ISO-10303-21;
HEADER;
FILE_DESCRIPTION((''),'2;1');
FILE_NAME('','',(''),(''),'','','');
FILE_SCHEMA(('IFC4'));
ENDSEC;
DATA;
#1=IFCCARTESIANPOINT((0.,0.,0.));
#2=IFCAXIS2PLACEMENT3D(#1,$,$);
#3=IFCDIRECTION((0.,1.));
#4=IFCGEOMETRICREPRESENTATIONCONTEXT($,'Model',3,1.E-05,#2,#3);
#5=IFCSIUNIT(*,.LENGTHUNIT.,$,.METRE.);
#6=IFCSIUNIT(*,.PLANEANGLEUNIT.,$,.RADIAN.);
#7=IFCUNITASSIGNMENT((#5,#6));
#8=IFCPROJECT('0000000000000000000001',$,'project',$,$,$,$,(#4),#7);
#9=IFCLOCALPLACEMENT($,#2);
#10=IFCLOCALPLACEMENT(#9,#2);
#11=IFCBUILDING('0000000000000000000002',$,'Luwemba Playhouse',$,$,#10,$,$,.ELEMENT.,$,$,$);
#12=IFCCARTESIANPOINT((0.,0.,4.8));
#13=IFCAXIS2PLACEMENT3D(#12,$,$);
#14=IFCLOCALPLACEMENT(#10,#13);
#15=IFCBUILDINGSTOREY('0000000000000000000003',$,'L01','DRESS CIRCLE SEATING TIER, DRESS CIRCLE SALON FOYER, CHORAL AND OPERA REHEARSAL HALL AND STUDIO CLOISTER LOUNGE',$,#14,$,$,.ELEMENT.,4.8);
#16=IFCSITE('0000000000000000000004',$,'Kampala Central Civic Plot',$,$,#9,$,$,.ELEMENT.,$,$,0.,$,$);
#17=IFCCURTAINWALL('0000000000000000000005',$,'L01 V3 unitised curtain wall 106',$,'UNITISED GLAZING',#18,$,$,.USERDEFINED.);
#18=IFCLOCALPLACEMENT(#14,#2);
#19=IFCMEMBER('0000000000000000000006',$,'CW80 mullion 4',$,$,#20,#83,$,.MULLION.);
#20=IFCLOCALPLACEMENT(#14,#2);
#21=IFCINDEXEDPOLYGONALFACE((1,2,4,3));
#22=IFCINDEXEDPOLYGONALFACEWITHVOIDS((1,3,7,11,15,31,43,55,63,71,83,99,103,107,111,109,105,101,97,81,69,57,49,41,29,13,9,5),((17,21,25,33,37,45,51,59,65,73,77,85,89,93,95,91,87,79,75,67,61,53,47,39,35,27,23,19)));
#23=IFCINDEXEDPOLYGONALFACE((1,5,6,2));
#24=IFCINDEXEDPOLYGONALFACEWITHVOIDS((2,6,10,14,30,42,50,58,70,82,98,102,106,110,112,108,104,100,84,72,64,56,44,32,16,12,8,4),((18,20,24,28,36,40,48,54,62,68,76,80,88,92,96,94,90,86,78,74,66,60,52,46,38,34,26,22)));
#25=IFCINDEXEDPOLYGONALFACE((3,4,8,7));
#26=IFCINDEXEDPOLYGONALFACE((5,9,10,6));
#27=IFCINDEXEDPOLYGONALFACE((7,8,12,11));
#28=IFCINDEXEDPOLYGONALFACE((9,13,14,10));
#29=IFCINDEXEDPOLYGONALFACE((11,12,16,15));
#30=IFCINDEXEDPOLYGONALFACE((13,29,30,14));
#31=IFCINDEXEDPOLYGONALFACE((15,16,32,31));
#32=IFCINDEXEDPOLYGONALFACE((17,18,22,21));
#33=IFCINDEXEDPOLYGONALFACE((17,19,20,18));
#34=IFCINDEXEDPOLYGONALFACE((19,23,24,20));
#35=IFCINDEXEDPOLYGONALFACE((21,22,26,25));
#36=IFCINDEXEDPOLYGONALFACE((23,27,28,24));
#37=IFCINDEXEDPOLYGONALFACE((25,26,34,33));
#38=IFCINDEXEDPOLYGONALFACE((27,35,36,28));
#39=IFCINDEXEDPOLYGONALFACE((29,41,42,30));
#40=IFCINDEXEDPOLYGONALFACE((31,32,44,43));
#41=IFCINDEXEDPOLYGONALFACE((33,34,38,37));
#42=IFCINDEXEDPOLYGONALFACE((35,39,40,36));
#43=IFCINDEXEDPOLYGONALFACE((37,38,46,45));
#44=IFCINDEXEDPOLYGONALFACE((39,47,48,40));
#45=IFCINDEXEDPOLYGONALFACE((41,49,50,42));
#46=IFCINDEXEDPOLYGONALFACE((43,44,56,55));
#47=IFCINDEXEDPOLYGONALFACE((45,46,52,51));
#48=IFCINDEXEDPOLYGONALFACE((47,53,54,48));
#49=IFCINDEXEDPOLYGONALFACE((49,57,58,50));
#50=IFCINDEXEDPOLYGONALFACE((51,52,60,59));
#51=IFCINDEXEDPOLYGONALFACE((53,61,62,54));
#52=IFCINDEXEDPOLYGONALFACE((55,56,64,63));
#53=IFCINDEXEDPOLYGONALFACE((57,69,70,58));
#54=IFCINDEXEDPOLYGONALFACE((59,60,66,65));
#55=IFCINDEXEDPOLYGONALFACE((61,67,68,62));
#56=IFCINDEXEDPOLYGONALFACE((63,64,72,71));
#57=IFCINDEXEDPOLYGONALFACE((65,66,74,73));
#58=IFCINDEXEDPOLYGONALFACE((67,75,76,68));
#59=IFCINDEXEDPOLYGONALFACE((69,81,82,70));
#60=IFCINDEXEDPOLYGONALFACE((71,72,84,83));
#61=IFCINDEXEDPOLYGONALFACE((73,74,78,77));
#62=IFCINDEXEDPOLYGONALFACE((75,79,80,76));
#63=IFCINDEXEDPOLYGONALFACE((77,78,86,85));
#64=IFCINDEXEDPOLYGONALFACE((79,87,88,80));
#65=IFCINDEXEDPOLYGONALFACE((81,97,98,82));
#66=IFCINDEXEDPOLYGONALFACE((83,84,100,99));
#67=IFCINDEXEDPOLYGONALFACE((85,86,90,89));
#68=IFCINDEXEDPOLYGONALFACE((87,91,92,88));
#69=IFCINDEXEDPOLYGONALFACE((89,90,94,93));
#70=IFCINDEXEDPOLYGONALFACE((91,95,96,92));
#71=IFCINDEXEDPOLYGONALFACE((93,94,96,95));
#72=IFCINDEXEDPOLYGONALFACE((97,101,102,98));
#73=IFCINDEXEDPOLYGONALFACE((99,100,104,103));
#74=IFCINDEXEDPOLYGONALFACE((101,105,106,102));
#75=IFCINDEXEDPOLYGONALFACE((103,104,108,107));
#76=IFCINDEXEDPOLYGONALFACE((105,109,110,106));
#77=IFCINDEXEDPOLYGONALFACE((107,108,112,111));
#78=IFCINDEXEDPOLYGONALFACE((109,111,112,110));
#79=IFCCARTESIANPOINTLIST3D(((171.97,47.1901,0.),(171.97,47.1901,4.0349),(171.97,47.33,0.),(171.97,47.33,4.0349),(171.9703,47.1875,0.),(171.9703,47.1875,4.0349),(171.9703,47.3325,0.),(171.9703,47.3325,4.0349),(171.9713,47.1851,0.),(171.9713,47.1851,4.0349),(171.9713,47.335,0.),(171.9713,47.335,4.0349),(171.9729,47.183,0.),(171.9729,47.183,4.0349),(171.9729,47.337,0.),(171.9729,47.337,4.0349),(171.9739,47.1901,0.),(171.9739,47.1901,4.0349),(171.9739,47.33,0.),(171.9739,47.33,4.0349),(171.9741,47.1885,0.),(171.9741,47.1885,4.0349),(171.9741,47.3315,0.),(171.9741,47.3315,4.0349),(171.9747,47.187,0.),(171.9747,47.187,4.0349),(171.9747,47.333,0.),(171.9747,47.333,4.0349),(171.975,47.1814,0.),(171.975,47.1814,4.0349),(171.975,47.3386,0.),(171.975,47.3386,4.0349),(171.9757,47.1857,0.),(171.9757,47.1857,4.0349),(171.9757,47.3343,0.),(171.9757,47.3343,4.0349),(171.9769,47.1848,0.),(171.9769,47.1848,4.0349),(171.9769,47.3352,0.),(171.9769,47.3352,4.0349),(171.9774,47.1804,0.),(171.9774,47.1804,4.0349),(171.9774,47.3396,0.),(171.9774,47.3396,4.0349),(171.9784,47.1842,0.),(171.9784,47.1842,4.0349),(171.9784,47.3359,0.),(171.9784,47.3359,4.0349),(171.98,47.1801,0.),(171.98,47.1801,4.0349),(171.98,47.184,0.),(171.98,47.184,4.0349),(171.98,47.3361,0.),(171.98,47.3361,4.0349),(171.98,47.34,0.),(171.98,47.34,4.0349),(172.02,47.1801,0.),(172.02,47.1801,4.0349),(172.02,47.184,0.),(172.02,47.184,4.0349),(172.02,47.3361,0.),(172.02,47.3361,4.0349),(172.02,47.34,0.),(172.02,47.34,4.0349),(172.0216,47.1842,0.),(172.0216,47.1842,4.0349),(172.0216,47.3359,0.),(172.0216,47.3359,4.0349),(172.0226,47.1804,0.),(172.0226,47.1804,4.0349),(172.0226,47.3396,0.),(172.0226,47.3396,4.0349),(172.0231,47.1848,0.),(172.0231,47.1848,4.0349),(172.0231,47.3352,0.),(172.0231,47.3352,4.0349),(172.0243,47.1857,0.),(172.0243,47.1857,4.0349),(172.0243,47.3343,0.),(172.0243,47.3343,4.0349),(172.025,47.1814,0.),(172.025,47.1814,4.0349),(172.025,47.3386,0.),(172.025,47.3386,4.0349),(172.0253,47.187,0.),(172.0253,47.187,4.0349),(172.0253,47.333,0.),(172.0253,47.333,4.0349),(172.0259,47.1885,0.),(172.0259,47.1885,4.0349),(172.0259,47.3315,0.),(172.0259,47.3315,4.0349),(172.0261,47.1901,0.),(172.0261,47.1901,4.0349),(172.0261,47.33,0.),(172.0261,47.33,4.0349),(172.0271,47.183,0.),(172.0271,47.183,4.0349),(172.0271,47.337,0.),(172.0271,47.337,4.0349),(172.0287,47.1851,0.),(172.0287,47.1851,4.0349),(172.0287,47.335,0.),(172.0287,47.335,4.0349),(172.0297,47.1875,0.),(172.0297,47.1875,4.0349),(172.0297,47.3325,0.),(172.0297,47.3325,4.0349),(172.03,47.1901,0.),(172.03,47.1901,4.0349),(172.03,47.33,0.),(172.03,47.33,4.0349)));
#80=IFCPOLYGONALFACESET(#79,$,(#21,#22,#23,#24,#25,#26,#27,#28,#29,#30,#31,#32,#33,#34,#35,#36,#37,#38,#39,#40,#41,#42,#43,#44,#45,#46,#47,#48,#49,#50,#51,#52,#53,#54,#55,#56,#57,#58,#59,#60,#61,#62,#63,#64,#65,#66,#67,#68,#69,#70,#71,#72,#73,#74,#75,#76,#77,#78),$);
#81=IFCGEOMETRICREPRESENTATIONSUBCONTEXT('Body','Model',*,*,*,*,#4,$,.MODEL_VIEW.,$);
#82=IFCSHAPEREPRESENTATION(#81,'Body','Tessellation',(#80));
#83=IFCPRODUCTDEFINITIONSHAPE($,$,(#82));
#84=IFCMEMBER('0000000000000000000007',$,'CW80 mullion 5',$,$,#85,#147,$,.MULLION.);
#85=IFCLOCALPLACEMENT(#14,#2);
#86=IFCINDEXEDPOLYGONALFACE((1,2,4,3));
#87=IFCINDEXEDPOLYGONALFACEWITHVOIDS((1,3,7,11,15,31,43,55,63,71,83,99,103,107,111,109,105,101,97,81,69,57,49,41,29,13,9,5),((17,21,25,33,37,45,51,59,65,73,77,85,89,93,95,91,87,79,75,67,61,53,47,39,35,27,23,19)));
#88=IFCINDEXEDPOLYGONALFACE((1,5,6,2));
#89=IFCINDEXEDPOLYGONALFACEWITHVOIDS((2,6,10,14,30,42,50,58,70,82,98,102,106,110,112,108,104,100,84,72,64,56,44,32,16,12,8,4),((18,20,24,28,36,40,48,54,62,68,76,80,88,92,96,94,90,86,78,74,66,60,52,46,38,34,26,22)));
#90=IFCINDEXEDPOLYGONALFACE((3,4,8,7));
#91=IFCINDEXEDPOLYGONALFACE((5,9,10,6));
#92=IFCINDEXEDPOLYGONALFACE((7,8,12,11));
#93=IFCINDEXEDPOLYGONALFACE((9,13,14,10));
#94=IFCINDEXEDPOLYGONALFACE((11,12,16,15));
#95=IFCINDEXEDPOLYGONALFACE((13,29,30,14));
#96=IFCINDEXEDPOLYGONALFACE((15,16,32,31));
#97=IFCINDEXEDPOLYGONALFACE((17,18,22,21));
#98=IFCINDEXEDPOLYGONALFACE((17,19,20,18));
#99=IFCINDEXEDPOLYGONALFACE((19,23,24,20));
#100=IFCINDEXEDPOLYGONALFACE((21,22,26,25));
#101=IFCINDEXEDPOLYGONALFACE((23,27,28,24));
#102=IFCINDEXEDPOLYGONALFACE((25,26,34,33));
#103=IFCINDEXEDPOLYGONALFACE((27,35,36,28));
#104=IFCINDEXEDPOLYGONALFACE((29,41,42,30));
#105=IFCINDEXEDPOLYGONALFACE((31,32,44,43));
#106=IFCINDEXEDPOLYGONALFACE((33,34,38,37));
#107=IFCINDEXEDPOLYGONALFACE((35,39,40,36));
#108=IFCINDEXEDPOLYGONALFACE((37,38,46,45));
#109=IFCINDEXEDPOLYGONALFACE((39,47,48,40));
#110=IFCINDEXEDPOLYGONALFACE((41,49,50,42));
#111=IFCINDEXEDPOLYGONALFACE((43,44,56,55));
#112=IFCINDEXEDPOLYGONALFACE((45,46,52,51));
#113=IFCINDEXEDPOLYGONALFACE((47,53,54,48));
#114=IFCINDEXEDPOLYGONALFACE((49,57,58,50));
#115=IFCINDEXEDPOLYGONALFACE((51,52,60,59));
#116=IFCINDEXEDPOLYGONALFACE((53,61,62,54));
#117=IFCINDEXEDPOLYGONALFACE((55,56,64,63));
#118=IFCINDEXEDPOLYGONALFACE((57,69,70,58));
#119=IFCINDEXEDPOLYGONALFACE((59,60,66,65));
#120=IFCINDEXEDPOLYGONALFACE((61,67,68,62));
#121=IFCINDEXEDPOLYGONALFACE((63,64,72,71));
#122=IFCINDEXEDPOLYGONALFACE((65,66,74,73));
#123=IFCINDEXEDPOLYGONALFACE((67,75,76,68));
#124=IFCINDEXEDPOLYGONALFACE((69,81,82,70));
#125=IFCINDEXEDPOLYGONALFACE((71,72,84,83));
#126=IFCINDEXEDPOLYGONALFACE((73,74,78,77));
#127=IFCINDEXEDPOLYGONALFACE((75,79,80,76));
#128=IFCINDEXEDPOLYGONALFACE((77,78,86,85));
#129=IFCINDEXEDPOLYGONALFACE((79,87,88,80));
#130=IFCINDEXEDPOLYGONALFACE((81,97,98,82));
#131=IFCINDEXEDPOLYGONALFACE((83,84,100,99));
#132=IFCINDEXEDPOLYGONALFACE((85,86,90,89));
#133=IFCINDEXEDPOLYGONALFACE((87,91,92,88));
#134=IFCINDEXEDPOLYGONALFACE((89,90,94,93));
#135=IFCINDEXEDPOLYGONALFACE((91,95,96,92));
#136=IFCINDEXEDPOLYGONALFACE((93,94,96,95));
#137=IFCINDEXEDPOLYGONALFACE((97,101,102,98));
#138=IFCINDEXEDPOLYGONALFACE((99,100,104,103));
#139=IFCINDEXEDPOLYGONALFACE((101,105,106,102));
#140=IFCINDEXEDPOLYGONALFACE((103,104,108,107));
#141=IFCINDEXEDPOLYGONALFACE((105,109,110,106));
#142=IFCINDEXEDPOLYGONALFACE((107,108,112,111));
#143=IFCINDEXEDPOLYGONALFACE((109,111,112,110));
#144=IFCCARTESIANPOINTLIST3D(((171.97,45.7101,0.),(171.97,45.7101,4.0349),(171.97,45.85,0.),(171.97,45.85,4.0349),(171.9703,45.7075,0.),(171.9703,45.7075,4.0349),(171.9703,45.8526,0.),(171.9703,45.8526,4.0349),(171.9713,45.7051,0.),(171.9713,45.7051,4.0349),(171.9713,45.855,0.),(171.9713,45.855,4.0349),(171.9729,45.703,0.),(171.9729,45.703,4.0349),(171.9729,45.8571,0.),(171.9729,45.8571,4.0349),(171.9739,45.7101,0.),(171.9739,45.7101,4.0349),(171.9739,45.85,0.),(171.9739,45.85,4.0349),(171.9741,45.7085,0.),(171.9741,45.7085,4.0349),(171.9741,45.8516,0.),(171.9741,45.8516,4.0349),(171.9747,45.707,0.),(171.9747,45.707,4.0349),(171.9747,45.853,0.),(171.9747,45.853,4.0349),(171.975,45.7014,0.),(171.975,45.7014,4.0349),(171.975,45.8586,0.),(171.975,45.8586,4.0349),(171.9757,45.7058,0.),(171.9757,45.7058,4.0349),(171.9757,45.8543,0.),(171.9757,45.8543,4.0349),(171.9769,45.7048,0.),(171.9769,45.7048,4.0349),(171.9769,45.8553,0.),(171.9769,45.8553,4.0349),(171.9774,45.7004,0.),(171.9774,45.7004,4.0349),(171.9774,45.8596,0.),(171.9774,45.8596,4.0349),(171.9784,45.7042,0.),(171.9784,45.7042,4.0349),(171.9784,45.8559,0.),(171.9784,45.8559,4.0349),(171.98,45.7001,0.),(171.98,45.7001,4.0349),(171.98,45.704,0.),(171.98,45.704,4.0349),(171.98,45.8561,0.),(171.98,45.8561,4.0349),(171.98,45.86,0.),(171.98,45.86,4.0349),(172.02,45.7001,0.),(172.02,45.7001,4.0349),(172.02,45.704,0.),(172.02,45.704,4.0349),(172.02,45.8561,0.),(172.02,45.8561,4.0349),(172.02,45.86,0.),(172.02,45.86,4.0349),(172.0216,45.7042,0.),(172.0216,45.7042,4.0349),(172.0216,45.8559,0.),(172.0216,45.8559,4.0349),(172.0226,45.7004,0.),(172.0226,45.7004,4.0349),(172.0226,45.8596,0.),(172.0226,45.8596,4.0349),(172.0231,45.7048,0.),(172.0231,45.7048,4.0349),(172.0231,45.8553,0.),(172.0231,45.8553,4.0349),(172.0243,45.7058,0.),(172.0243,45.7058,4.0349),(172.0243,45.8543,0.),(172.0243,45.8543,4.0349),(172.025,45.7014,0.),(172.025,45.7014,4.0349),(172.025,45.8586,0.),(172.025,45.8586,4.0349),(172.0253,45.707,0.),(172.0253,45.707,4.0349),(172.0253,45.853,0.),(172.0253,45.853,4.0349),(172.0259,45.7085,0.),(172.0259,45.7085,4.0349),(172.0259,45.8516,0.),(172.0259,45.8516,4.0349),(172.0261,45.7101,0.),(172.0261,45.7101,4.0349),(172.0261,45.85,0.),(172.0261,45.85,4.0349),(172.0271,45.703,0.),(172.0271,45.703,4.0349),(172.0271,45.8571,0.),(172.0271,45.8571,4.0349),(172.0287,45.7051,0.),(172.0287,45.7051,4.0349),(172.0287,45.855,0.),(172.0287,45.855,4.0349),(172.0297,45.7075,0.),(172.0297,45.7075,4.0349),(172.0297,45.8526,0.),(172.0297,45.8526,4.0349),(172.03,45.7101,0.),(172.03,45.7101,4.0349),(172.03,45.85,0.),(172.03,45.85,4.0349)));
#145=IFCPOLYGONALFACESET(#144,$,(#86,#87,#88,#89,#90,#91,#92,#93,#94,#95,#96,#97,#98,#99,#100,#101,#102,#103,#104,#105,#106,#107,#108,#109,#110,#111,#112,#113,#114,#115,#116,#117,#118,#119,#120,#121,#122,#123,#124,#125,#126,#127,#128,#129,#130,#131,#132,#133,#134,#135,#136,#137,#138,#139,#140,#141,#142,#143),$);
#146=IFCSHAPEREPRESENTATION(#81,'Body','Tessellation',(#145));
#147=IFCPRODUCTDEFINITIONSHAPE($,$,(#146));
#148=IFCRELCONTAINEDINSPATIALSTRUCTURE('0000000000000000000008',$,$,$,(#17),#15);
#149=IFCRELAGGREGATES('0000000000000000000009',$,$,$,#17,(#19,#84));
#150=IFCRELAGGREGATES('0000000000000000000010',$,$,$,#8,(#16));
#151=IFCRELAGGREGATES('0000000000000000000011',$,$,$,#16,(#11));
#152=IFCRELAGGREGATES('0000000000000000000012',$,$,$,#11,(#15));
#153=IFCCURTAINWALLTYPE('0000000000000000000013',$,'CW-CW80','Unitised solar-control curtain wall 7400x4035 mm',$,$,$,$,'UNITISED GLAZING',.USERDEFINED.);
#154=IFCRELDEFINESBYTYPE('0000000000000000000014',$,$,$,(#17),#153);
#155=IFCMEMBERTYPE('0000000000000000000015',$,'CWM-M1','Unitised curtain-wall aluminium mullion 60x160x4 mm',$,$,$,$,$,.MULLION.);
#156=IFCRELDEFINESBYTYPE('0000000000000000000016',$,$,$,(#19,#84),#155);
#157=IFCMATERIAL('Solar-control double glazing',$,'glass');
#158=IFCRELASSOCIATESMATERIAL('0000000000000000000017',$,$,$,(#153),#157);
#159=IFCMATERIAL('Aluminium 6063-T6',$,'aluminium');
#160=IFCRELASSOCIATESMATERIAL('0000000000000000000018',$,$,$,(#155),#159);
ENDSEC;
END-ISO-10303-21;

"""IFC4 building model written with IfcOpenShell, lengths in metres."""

from ifc_helpers import new_model, si_unit, direction, frame, origin, origin_2d, place, context, subcontext, project, spatial, hollow_rectangle, extrude, material, material_profile, profile_set, type_object, element, aggregate, save


model = new_model("IFC4")

# Units and contexts
model_context = context("Model", 3, precision=1e-05, world=origin(), true_north=direction((0.0, 1.0)))
body_context = subcontext(model_context, "Body", "Model", "MODEL_VIEW")
ifc_project = project(units=[si_unit("LENGTHUNIT", "METRE"), si_unit("PLANEANGLEUNIT", "RADIAN")], contexts=[model_context])

# Site, building, storey
site_placement = place(None, origin())
site = spatial("IfcSite", under=ifc_project, at=site_placement, Name="Kampala Central Civic Plot", CompositionType="ELEMENT", RefElevation=0.0)
building_placement = place(site_placement, origin())
building = spatial("IfcBuilding", under=site, at=building_placement, Name="Luwemba Playhouse", CompositionType="ELEMENT")
storey_placement = place(building_placement, frame((0.0, 0.0, 4.8)))
storey = spatial("IfcBuildingStorey", under=building, at=storey_placement, Name="L01", Description="DRESS CIRCLE SEATING TIER, DRESS CIRCLE SALON FOYER, CHORAL AND OPERA REHEARSAL HALL AND STUDIO CLOISTER LOUNGE", CompositionType="ELEMENT", Elevation=4.8)

# Curtain wall, members
ifc_material_1 = material(Name="Solar-control double glazing", Category="glass")
curtain_wall_type = type_object("IfcCurtainWallType", Name="CW-CW80", Description="Unitised solar-control curtain wall 7400x4035 mm", ElementType="UNITISED GLAZING", PredefinedType="USERDEFINED", material=ifc_material_1)
curtain_wall_placement = place(storey_placement, origin())
curtain_wall = element("IfcCurtainWall", 1, at=curtain_wall_placement, inside=storey, type_object=curtain_wall_type, Name="L01 V3 unitised curtain wall 106", ObjectType="UNITISED GLAZING", PredefinedType="USERDEFINED")
ifc_material_2 = material(Name="Aluminium 6063-T6", Category="aluminium")
ifc_material_profile_1 = material_profile(ifc_material_2, hollow_rectangle(XDim=0.0601, YDim=0.1599, WallThickness=0.0039, InnerFilletRadius=0.0061, OuterFilletRadius=0.01, at=origin_2d()))
ifc_profile_set_1 = profile_set([ifc_material_profile_1], Name="Aluminium 6063-T6")
member_type_1 = type_object("IfcMemberType", Name="CWM-M1", Description="Unitised curtain-wall aluminium mullion 60x160x4 mm", PredefinedType="MULLION", material=ifc_profile_set_1)
member_1_placement = place(storey_placement, frame((172.0, 47.26, 0.0), z_axis=(0.0, 0.0, 1.0), x_axis=(1.0, 0.0, 0.0)))
member_1 = element("IfcMember", 2, at=member_1_placement, type_object=member_type_1, Name="CW80 mullion 4", PredefinedType="MULLION", context=body_context, shape_type="SweptSolid", body=[
    extrude(hollow_rectangle(XDim=0.0601, YDim=0.1599, WallThickness=0.0039, InnerFilletRadius=0.0061, OuterFilletRadius=0.01, at=origin_2d()), origin(), (0.0, 0.0, 1.0), 4.0349),
])
member_2_placement = place(storey_placement, frame((172.0, 45.78, 0.0), z_axis=(0.0, 0.0, 1.0), x_axis=(1.0, 0.0, 0.0)))
member_2 = element("IfcMember", 3, at=member_2_placement, type_object=member_type_1, Name="CW80 mullion 5", PredefinedType="MULLION", context=body_context, shape_type="SweptSolid", body=[
    extrude(hollow_rectangle(XDim=0.0601, YDim=0.1599, WallThickness=0.0039, InnerFilletRadius=0.0061, OuterFilletRadius=0.01, at=origin_2d()), origin(), (0.0, 0.0, 1.0), 4.0349),
])
aggregate(curtain_wall, [member_1, member_2])

save(model, "model.ifc")
